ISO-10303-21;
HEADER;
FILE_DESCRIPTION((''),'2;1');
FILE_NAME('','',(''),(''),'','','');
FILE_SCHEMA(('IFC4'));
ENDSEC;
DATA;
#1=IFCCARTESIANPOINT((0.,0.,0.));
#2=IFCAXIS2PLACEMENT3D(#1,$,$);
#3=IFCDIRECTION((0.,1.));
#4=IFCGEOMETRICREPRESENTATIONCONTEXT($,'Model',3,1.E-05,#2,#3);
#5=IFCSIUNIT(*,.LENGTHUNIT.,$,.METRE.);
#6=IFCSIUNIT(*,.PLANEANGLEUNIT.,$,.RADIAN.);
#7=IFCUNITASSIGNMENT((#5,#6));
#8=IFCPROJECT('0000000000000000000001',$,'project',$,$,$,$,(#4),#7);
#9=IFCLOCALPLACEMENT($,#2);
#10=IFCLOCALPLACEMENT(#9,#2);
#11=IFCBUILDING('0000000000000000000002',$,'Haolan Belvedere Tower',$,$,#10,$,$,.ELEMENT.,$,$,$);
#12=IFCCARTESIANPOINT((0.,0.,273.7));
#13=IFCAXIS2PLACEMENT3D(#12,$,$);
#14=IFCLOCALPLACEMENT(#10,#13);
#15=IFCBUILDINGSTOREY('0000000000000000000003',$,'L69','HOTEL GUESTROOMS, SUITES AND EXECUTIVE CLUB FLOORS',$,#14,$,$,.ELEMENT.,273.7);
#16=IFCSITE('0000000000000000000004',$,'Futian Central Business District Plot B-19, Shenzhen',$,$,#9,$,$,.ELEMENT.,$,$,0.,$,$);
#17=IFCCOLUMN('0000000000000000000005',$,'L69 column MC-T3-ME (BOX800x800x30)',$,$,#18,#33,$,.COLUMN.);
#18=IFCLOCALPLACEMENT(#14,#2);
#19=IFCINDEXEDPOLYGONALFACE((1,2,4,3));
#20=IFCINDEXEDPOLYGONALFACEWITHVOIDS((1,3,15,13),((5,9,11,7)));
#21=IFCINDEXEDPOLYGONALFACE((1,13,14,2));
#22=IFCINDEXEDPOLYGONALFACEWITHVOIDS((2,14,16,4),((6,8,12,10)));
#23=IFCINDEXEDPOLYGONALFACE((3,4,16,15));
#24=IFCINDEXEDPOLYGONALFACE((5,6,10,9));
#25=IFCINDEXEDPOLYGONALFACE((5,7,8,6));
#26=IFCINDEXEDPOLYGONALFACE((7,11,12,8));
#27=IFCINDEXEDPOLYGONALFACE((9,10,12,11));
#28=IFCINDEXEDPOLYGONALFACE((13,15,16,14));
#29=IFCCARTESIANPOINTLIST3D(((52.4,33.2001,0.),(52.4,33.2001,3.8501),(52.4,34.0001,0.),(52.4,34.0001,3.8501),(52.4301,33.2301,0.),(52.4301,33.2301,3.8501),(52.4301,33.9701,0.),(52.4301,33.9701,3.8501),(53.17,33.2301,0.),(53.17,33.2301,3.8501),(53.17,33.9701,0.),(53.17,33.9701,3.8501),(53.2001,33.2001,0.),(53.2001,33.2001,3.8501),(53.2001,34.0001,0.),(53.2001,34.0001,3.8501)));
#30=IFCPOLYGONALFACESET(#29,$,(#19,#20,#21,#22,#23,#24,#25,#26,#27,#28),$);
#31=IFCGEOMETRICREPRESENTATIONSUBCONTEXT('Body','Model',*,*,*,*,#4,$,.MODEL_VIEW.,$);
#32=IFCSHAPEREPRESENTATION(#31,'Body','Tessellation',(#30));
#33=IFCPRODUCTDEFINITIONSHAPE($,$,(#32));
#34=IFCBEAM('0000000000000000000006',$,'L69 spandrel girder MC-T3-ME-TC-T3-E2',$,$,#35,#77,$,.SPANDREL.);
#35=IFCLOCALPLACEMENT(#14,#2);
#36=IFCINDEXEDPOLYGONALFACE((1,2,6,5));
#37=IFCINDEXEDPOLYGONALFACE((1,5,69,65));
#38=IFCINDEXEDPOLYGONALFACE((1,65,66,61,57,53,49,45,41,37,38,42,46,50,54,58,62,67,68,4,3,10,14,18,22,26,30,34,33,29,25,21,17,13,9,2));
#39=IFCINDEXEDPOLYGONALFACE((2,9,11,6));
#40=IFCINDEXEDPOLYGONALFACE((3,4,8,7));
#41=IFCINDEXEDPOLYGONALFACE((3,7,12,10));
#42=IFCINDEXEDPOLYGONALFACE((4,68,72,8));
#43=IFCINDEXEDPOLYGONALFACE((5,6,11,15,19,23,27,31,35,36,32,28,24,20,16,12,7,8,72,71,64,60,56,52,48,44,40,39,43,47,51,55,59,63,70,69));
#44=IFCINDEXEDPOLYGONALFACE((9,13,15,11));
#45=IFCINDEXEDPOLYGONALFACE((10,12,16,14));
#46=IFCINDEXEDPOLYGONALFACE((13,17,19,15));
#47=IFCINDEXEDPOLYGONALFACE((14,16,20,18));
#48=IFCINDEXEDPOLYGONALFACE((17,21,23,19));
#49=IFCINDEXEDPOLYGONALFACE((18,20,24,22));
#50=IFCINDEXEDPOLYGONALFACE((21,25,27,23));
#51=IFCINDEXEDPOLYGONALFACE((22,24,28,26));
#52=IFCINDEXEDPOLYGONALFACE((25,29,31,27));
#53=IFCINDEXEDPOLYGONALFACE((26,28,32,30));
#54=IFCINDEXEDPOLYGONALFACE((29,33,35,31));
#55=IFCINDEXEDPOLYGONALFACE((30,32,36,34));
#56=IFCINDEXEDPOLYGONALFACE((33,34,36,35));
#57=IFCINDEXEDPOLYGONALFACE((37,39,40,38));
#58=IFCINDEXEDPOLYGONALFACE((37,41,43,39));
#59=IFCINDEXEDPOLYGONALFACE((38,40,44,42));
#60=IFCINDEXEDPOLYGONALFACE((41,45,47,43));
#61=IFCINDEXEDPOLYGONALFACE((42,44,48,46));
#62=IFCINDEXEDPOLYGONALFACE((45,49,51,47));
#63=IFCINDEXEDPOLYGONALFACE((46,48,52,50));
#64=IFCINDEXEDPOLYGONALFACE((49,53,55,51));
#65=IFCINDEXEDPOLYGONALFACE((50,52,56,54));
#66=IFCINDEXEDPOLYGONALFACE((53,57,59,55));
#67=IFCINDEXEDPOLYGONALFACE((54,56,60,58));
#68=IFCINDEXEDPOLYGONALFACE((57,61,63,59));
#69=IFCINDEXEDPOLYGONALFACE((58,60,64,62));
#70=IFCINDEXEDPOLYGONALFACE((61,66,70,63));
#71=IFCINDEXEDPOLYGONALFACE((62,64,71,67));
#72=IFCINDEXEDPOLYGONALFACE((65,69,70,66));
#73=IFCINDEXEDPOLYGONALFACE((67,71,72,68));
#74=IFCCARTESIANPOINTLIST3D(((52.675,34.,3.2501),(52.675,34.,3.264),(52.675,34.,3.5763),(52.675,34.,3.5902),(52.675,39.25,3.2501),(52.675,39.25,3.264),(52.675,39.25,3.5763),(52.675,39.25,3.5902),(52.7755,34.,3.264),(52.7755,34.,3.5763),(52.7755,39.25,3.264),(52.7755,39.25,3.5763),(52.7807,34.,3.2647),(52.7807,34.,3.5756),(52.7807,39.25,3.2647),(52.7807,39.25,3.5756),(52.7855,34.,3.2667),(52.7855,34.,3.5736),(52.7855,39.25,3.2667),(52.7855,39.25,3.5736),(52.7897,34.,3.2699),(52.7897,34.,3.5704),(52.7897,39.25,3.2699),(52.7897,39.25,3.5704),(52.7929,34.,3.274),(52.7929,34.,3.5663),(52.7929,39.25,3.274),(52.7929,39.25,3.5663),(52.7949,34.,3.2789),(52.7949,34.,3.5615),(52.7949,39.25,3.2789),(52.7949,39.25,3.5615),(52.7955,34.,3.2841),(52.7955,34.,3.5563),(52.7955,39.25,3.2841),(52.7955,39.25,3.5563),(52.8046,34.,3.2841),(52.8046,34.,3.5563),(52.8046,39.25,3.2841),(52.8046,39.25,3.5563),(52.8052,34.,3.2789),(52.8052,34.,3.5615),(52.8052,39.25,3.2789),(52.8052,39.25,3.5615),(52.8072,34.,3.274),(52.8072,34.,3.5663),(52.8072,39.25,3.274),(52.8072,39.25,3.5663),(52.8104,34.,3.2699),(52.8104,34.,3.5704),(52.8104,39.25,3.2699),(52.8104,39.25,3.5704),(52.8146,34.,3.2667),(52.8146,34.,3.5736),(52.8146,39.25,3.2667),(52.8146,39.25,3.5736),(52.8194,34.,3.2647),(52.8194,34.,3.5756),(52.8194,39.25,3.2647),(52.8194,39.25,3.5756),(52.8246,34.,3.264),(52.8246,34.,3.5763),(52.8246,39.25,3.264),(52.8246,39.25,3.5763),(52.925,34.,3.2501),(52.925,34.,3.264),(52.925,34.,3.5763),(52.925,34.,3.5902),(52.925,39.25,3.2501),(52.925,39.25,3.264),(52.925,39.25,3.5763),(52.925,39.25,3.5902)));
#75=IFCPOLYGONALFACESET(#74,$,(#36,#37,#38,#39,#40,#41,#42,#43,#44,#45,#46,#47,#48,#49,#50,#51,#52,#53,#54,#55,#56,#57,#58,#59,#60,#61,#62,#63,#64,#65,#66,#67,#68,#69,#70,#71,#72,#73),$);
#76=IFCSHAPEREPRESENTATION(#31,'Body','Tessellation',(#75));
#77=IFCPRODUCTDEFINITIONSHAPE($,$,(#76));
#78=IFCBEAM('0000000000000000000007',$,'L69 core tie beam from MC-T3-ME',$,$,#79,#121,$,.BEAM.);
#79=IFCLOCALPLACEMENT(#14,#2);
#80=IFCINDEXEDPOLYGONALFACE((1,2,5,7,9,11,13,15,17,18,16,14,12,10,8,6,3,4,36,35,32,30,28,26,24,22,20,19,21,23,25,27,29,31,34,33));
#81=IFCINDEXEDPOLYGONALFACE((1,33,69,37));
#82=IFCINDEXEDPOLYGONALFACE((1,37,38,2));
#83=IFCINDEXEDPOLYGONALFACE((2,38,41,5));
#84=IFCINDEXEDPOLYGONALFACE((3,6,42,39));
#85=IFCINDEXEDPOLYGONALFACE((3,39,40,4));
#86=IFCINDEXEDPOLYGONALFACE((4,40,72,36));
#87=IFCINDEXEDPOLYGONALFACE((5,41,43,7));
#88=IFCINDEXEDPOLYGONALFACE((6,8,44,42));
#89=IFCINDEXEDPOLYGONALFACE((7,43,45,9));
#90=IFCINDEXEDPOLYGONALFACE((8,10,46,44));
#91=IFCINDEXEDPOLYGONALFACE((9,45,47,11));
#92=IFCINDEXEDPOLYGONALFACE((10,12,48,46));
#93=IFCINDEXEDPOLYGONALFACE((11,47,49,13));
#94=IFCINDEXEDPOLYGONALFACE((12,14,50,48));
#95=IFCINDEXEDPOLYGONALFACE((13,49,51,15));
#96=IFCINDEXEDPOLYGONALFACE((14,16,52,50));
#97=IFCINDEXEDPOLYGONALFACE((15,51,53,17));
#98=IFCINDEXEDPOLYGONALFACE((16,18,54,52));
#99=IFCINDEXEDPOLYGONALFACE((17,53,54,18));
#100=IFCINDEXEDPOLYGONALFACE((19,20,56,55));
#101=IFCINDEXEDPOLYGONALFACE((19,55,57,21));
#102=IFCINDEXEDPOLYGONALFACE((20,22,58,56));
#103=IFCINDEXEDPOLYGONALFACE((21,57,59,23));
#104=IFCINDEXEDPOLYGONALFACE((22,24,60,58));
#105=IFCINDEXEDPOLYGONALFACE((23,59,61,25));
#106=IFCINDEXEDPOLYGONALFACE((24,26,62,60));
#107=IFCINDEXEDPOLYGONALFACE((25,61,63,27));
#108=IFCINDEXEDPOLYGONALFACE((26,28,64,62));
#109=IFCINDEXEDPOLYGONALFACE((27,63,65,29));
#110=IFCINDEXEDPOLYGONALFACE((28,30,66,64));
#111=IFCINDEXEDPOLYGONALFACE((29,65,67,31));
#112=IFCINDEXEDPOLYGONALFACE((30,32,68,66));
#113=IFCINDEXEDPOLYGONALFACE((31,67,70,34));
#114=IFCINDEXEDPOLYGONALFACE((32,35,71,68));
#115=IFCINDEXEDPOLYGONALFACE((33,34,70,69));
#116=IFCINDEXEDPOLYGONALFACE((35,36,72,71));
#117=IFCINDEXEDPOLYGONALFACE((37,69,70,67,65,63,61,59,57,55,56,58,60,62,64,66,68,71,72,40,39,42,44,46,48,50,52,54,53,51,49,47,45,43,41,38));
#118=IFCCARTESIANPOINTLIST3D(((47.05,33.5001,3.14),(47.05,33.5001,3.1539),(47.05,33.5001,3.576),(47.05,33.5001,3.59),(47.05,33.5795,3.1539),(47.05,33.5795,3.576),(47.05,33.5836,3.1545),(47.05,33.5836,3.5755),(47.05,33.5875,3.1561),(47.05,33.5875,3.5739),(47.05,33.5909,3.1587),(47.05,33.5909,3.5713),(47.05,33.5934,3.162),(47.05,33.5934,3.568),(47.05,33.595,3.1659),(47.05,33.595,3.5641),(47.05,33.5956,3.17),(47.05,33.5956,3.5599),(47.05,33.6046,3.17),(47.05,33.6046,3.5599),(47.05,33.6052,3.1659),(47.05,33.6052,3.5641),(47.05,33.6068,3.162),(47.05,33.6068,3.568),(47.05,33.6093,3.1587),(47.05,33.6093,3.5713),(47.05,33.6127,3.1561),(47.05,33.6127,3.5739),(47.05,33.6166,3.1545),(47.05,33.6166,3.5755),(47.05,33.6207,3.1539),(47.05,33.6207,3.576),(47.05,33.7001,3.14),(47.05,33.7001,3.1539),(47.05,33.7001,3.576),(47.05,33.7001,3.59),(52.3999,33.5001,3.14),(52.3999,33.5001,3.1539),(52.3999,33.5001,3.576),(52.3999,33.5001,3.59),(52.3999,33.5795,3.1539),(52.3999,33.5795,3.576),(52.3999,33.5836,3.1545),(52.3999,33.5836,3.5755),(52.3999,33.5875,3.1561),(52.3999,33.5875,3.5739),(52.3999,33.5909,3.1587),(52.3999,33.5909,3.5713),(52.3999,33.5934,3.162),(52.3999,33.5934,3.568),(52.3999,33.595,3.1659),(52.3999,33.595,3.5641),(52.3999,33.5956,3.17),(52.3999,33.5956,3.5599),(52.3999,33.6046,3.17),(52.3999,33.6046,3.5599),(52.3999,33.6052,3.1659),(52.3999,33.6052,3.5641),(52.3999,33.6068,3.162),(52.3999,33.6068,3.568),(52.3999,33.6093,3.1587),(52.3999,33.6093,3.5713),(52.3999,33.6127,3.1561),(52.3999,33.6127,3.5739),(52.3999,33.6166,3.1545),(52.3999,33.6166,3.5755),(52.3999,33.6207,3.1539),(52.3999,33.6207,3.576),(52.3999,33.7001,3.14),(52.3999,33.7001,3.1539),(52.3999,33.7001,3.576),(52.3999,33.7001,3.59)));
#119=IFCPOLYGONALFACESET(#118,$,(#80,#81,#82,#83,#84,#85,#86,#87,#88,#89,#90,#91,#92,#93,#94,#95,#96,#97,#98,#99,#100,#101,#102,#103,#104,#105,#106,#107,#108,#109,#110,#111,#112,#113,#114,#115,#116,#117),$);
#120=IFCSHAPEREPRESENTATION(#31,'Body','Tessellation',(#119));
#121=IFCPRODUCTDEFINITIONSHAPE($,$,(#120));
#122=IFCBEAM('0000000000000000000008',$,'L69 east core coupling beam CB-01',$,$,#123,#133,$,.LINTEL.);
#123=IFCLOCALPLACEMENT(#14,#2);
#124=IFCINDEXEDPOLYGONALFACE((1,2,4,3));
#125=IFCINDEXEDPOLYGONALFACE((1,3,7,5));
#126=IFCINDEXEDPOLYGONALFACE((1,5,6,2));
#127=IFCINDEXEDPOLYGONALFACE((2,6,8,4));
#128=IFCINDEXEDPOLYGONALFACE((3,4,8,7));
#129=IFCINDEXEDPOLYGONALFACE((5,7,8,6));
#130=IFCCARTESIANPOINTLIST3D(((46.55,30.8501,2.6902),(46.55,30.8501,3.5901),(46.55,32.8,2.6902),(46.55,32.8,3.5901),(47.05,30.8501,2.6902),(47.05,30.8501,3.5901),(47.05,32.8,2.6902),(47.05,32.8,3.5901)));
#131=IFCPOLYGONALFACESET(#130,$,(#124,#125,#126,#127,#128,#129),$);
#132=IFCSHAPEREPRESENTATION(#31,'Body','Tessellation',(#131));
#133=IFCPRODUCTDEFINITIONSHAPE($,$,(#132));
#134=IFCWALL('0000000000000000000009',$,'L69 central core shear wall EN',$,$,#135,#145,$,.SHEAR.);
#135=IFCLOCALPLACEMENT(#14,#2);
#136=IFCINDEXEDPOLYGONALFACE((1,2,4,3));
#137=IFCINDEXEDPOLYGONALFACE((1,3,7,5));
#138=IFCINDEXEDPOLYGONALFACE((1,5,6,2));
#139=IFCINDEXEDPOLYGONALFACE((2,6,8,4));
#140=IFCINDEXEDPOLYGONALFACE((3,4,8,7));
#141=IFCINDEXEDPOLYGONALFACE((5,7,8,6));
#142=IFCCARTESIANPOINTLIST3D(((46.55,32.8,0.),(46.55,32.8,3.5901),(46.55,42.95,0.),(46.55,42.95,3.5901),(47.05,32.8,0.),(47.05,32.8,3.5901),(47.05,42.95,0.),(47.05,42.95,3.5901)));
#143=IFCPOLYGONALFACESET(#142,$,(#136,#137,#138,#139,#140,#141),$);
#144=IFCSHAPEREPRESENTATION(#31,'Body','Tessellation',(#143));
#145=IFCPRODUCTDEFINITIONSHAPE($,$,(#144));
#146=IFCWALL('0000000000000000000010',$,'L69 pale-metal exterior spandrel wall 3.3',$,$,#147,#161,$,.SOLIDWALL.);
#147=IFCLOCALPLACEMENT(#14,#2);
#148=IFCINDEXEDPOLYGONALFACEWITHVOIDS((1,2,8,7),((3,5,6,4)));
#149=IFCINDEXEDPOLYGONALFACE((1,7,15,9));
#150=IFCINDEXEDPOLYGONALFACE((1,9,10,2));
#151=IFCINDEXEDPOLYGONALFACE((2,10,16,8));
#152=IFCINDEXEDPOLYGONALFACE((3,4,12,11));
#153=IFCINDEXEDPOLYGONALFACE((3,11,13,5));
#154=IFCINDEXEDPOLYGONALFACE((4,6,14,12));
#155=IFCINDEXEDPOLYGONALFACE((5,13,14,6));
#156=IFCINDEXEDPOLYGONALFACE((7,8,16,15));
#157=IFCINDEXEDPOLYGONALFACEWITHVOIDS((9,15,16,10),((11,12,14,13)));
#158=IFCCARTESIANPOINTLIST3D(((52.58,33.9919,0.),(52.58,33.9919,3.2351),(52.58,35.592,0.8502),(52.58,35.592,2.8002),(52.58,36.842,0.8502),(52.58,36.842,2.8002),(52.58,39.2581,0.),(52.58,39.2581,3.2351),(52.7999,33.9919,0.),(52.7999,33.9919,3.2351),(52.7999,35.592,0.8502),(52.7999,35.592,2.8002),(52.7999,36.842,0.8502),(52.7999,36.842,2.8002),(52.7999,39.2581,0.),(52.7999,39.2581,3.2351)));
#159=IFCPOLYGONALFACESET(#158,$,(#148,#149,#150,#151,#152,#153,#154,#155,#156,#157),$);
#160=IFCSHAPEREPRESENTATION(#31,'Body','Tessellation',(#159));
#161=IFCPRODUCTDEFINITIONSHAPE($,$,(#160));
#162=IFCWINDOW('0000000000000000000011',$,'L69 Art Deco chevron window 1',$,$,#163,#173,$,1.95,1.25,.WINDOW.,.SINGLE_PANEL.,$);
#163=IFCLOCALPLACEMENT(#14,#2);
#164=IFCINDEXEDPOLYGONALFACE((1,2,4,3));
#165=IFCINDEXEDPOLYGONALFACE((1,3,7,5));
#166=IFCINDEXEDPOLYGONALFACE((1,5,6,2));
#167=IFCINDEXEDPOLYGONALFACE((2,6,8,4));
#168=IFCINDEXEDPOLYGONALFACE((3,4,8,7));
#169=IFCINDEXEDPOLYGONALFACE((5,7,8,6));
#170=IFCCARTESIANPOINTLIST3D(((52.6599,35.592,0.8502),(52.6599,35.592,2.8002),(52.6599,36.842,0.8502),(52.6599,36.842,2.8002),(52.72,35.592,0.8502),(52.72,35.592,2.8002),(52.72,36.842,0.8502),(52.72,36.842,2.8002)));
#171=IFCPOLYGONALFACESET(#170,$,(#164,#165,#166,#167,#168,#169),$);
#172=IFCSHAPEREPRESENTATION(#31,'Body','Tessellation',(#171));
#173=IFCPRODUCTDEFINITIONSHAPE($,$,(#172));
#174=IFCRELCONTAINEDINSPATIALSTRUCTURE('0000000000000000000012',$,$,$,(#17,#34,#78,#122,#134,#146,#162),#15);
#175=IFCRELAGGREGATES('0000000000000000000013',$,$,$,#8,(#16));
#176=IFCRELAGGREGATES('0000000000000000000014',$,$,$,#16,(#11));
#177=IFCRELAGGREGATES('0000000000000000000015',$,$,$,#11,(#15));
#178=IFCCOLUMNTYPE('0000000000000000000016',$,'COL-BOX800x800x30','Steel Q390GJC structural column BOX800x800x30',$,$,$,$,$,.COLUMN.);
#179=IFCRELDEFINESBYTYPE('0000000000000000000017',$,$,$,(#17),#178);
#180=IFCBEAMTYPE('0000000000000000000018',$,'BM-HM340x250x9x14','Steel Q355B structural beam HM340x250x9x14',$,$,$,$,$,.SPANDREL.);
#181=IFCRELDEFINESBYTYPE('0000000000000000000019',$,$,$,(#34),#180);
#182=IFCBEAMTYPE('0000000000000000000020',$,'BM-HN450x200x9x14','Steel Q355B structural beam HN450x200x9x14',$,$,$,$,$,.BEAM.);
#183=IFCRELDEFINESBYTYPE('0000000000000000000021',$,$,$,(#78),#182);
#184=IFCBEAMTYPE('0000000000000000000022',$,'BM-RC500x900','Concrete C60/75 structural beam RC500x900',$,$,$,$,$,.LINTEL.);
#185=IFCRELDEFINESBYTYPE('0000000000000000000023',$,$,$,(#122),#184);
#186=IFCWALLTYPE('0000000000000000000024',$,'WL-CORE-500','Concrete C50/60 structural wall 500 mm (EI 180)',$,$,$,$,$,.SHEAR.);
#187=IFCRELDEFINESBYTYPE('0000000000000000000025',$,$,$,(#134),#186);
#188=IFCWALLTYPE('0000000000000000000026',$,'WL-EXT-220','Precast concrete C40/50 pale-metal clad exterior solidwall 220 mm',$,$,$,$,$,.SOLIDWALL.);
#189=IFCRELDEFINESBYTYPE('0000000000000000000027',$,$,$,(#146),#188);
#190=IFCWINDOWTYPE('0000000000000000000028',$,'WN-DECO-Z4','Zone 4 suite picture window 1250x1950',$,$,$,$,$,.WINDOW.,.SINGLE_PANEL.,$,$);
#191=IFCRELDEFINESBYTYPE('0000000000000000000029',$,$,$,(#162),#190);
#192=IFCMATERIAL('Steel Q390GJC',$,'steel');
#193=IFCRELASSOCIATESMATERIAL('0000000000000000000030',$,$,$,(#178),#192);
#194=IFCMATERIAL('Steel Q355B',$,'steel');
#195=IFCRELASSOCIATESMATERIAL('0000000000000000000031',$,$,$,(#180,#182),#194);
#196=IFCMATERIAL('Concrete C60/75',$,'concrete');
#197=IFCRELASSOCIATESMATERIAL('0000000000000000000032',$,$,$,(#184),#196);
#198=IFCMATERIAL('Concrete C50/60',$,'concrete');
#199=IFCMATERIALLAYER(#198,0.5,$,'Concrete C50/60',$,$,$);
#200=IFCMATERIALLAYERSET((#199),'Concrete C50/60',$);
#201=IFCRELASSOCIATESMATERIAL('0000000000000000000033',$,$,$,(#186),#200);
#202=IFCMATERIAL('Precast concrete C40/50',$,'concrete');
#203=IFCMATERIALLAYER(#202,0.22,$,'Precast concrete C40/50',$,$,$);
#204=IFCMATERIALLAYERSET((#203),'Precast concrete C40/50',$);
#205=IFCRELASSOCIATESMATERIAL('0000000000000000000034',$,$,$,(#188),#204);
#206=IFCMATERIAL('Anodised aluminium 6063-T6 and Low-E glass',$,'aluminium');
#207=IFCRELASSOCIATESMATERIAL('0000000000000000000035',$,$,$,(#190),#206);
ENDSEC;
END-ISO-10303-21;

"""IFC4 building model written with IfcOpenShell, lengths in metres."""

from ifc_helpers import new_model, si_unit, direction, frame, frame_2d, origin, origin_2d, place, context, subcontext, project, spatial, rectangle, hollow_rectangle, i_section, extrude, material, layer, layer_set, material_profile, profile_set, type_object, element, fill, save


model = new_model("IFC4")

# Units and contexts
model_context = context("Model", 3, precision=1e-05, world=origin(), true_north=direction((0.0, 1.0)))
body_context = subcontext(model_context, "Body", "Model", "MODEL_VIEW")
ifc_project = project(units=[si_unit("LENGTHUNIT", "METRE"), si_unit("PLANEANGLEUNIT", "RADIAN")], contexts=[model_context])

# Site, building, storey
site_placement = place(None, origin())
site = spatial("IfcSite", under=ifc_project, at=site_placement, Name="Futian Central Business District Plot B-19, Shenzhen", CompositionType="ELEMENT", RefElevation=0.0)
building_placement = place(site_placement, origin())
building = spatial("IfcBuilding", under=site, at=building_placement, Name="Haolan Belvedere Tower", CompositionType="ELEMENT")
storey_placement = place(building_placement, frame((0.0, 0.0, 273.7)))
storey = spatial("IfcBuildingStorey", under=building, at=storey_placement, Name="L69", Description="HOTEL GUESTROOMS, SUITES AND EXECUTIVE CLUB FLOORS", CompositionType="ELEMENT", Elevation=273.7)

# Column
ifc_material_1 = material(Name="Steel Q390GJC", Category="steel")
ifc_material_profile_1 = material_profile(ifc_material_1, hollow_rectangle(XDim=0.8, YDim=0.8, WallThickness=0.03, at=origin_2d()), Name="Steel Q390GJC")
ifc_profile_set_1 = profile_set([ifc_material_profile_1], Name="Steel Q390GJC")
column_type = type_object("IfcColumnType", Name="COL-BOX800x800x30", Description="Steel Q390GJC structural column BOX800x800x30", PredefinedType="COLUMN", material=ifc_profile_set_1)
column_placement = place(storey_placement, frame((52.8, 33.6001, 0.0), z_axis=(0.0, 0.0, 1.0), x_axis=(1.0, 0.0, 0.0)))
element("IfcColumn", 1, at=column_placement, inside=storey, type_object=column_type, Name="L69 column MC-T3-ME (BOX800x800x30)", PredefinedType="COLUMN", context=body_context, shape_type="SweptSolid", body=[
    extrude(hollow_rectangle(XDim=0.8, YDim=0.8, WallThickness=0.03, at=origin_2d()), origin(), (0.0, 0.0, 1.0), 3.8501),
])

# Beams
ifc_material_2 = material(Name="Steel Q355B", Category="steel")
ifc_material_profile_2 = material_profile(ifc_material_2, i_section(OverallWidth=0.25, OverallDepth=0.3401, WebThickness=0.009, FlangeThickness=0.0139, FilletRadius=0.02, at=origin_2d()), Name="Steel Q355B")
ifc_profile_set_2 = profile_set([ifc_material_profile_2], Name="Steel Q355B")
beam_type_1 = type_object("IfcBeamType", Name="BM-HM340x250x9x14", Description="Steel Q355B structural beam HM340x250x9x14", PredefinedType="SPANDREL", material=ifc_profile_set_2)
beam_1_placement = place(storey_placement, frame((52.8, 34.0, 3.4202), z_axis=(0.0, 1.0, 0.0), x_axis=(-1.0, 0.0, 0.0)))
element("IfcBeam", 2, at=beam_1_placement, inside=storey, type_object=beam_type_1, Name="L69 spandrel girder MC-T3-ME-TC-T3-E2", PredefinedType="SPANDREL", context=body_context, shape_type="SweptSolid", body=[
    extrude(i_section(OverallWidth=0.25, OverallDepth=0.3401, WebThickness=0.009, FlangeThickness=0.0139, FilletRadius=0.02, at=origin_2d()), origin(), (0.0, 0.0, 1.0), 5.25),
])
ifc_material_profile_3 = material_profile(ifc_material_2, i_section(OverallWidth=0.2, OverallDepth=0.45, WebThickness=0.009, FlangeThickness=0.0139, FilletRadius=0.0161, at=origin_2d()), Name="Steel Q355B")
ifc_profile_set_3 = profile_set([ifc_material_profile_3], Name="Steel Q355B")
beam_type_2 = type_object("IfcBeamType", Name="BM-HN450x200x9x14", Description="Steel Q355B structural beam HN450x200x9x14", PredefinedType="BEAM", material=ifc_profile_set_3)
beam_2_placement = place(storey_placement, frame((52.3999, 33.6001, 3.365), z_axis=(-1.0, 0.0, 0.0), x_axis=(0.0, -1.0, 0.0)))
element("IfcBeam", 3, at=beam_2_placement, inside=storey, type_object=beam_type_2, Name="L69 core tie beam from MC-T3-ME", PredefinedType="BEAM", context=body_context, shape_type="SweptSolid", body=[
    extrude(i_section(OverallWidth=0.2, OverallDepth=0.45, WebThickness=0.009, FlangeThickness=0.0139, FilletRadius=0.0161, at=origin_2d()), origin(), (0.0, 0.0, 1.0), 5.3499),
])
ifc_material_3 = material(Name="Concrete C60/75", Category="concrete")
ifc_material_profile_4 = material_profile(ifc_material_3, rectangle(XDim=0.5, YDim=0.8999, at=origin_2d()), Name="Concrete C60/75")
ifc_profile_set_4 = profile_set([ifc_material_profile_4], Name="Concrete C60/75")
beam_type_3 = type_object("IfcBeamType", Name="BM-RC500x900", Description="Concrete C60/75 structural beam RC500x900", PredefinedType="LINTEL", material=ifc_profile_set_4)
beam_3_placement = place(storey_placement, frame((46.8, 30.8501, 3.1401), z_axis=(0.0, 1.0, 0.0), x_axis=(-1.0, 0.0, 0.0)))
element("IfcBeam", 4, at=beam_3_placement, inside=storey, type_object=beam_type_3, Name="L69 east core coupling beam CB-01", PredefinedType="LINTEL", context=body_context, shape_type="SweptSolid", body=[
    extrude(rectangle(XDim=0.5, YDim=0.8999, at=origin_2d()), origin(), (0.0, 0.0, 1.0), 1.95),
])

# Wall
ifc_material_4 = material(Name="Concrete C50/60", Category="concrete")
ifc_layer_1 = layer(ifc_material_4, 0.5, Name="Concrete C50/60")
ifc_layer_set_1 = layer_set([ifc_layer_1], Name="Concrete C50/60")
wall_type_1 = type_object("IfcWallType", Name="WL-CORE-500", Description="Concrete C50/60 structural wall 500 mm (EI 180)", PredefinedType="SHEAR", material=ifc_layer_set_1)
wall_1_placement = place(storey_placement, frame((46.8, 32.8, 0.0), z_axis=(0.0, 0.0, 1.0), x_axis=(0.0, 1.0, 0.0)))
element("IfcWall", 5, at=wall_1_placement, inside=storey, type_object=wall_type_1, Name="L69 central core shear wall EN", PredefinedType="SHEAR", context=body_context, shape_type="SweptSolid", body=[
    extrude(rectangle(XDim=10.1499, YDim=0.5, at=frame_2d((5.075, 0.0))), origin(), (0.0, 0.0, 1.0), 3.5901),
])

# Wall, opening, window
ifc_material_5 = material(Name="Precast concrete C40/50", Category="concrete")
ifc_layer_2 = layer(ifc_material_5, 0.22, Name="Precast concrete C40/50")
ifc_layer_set_2 = layer_set([ifc_layer_2], Name="Precast concrete C40/50")
wall_type_2 = type_object("IfcWallType", Name="WL-EXT-220", Description="Precast concrete C40/50 pale-metal clad exterior solidwall 220 mm", PredefinedType="SOLIDWALL", material=ifc_layer_set_2)
wall_2_placement = place(storey_placement, frame((52.6899, 33.9919, 0.0), z_axis=(0.0, 0.0, 1.0), x_axis=(0.0, 1.0, 0.0)))
wall_2 = element("IfcWall", 6, at=wall_2_placement, inside=storey, type_object=wall_type_2, Name="L69 pale-metal exterior spandrel wall 3.3", PredefinedType="SOLIDWALL", context=body_context, shape_type="SweptSolid", body=[
    extrude(rectangle(XDim=5.2661, YDim=0.22, at=frame_2d((2.6331, 0.0))), origin(), (0.0, 0.0, 1.0), 3.2351),
])
opening_1_placement = place(wall_2_placement, frame((1.6001, 0.0, 0.8501)))
opening_1 = element("IfcOpeningElement", 7, at=opening_1_placement, cuts=wall_2, PredefinedType="OPENING", context=body_context, shape_type="SweptSolid", body=[
    extrude(rectangle(XDim=1.25, YDim=1.95, at=frame_2d((0.625, 0.9751))), frame((0.0, 0.1199, 0.0), z_axis=(0.0, -1.0, 0.0), x_axis=(1.0, 0.0, 0.0)), (0.0, 0.0, 1.0), 0.24),
])
ifc_material_6 = material(Name="Anodised aluminium 6063-T6 and Low-E glass", Category="aluminium")
window_type = type_object("IfcWindowType", Name="WN-DECO-Z4", Description="Zone 4 suite picture window 1250x1950", PartitioningType="SINGLE_PANEL", PredefinedType="WINDOW", material=ifc_material_6)
window_placement = place(opening_1_placement, origin())
window = element("IfcWindow", 8, at=window_placement, inside=storey, type_object=window_type, Name="L69 Art Deco chevron window 1", OverallHeight=1.95, OverallWidth=1.25, PartitioningType="SINGLE_PANEL", PredefinedType="WINDOW", context=body_context, shape_type="SweptSolid", body=[
    extrude(rectangle(XDim=1.25, YDim=1.95, at=frame_2d((0.625, 0.9751))), frame((0.0, 0.03, 0.0), z_axis=(0.0, -1.0, 0.0), x_axis=(1.0, 0.0, 0.0)), (0.0, 0.0, 1.0), 0.0601),
])
fill(opening_1, window)

save(model, "model.ifc")
